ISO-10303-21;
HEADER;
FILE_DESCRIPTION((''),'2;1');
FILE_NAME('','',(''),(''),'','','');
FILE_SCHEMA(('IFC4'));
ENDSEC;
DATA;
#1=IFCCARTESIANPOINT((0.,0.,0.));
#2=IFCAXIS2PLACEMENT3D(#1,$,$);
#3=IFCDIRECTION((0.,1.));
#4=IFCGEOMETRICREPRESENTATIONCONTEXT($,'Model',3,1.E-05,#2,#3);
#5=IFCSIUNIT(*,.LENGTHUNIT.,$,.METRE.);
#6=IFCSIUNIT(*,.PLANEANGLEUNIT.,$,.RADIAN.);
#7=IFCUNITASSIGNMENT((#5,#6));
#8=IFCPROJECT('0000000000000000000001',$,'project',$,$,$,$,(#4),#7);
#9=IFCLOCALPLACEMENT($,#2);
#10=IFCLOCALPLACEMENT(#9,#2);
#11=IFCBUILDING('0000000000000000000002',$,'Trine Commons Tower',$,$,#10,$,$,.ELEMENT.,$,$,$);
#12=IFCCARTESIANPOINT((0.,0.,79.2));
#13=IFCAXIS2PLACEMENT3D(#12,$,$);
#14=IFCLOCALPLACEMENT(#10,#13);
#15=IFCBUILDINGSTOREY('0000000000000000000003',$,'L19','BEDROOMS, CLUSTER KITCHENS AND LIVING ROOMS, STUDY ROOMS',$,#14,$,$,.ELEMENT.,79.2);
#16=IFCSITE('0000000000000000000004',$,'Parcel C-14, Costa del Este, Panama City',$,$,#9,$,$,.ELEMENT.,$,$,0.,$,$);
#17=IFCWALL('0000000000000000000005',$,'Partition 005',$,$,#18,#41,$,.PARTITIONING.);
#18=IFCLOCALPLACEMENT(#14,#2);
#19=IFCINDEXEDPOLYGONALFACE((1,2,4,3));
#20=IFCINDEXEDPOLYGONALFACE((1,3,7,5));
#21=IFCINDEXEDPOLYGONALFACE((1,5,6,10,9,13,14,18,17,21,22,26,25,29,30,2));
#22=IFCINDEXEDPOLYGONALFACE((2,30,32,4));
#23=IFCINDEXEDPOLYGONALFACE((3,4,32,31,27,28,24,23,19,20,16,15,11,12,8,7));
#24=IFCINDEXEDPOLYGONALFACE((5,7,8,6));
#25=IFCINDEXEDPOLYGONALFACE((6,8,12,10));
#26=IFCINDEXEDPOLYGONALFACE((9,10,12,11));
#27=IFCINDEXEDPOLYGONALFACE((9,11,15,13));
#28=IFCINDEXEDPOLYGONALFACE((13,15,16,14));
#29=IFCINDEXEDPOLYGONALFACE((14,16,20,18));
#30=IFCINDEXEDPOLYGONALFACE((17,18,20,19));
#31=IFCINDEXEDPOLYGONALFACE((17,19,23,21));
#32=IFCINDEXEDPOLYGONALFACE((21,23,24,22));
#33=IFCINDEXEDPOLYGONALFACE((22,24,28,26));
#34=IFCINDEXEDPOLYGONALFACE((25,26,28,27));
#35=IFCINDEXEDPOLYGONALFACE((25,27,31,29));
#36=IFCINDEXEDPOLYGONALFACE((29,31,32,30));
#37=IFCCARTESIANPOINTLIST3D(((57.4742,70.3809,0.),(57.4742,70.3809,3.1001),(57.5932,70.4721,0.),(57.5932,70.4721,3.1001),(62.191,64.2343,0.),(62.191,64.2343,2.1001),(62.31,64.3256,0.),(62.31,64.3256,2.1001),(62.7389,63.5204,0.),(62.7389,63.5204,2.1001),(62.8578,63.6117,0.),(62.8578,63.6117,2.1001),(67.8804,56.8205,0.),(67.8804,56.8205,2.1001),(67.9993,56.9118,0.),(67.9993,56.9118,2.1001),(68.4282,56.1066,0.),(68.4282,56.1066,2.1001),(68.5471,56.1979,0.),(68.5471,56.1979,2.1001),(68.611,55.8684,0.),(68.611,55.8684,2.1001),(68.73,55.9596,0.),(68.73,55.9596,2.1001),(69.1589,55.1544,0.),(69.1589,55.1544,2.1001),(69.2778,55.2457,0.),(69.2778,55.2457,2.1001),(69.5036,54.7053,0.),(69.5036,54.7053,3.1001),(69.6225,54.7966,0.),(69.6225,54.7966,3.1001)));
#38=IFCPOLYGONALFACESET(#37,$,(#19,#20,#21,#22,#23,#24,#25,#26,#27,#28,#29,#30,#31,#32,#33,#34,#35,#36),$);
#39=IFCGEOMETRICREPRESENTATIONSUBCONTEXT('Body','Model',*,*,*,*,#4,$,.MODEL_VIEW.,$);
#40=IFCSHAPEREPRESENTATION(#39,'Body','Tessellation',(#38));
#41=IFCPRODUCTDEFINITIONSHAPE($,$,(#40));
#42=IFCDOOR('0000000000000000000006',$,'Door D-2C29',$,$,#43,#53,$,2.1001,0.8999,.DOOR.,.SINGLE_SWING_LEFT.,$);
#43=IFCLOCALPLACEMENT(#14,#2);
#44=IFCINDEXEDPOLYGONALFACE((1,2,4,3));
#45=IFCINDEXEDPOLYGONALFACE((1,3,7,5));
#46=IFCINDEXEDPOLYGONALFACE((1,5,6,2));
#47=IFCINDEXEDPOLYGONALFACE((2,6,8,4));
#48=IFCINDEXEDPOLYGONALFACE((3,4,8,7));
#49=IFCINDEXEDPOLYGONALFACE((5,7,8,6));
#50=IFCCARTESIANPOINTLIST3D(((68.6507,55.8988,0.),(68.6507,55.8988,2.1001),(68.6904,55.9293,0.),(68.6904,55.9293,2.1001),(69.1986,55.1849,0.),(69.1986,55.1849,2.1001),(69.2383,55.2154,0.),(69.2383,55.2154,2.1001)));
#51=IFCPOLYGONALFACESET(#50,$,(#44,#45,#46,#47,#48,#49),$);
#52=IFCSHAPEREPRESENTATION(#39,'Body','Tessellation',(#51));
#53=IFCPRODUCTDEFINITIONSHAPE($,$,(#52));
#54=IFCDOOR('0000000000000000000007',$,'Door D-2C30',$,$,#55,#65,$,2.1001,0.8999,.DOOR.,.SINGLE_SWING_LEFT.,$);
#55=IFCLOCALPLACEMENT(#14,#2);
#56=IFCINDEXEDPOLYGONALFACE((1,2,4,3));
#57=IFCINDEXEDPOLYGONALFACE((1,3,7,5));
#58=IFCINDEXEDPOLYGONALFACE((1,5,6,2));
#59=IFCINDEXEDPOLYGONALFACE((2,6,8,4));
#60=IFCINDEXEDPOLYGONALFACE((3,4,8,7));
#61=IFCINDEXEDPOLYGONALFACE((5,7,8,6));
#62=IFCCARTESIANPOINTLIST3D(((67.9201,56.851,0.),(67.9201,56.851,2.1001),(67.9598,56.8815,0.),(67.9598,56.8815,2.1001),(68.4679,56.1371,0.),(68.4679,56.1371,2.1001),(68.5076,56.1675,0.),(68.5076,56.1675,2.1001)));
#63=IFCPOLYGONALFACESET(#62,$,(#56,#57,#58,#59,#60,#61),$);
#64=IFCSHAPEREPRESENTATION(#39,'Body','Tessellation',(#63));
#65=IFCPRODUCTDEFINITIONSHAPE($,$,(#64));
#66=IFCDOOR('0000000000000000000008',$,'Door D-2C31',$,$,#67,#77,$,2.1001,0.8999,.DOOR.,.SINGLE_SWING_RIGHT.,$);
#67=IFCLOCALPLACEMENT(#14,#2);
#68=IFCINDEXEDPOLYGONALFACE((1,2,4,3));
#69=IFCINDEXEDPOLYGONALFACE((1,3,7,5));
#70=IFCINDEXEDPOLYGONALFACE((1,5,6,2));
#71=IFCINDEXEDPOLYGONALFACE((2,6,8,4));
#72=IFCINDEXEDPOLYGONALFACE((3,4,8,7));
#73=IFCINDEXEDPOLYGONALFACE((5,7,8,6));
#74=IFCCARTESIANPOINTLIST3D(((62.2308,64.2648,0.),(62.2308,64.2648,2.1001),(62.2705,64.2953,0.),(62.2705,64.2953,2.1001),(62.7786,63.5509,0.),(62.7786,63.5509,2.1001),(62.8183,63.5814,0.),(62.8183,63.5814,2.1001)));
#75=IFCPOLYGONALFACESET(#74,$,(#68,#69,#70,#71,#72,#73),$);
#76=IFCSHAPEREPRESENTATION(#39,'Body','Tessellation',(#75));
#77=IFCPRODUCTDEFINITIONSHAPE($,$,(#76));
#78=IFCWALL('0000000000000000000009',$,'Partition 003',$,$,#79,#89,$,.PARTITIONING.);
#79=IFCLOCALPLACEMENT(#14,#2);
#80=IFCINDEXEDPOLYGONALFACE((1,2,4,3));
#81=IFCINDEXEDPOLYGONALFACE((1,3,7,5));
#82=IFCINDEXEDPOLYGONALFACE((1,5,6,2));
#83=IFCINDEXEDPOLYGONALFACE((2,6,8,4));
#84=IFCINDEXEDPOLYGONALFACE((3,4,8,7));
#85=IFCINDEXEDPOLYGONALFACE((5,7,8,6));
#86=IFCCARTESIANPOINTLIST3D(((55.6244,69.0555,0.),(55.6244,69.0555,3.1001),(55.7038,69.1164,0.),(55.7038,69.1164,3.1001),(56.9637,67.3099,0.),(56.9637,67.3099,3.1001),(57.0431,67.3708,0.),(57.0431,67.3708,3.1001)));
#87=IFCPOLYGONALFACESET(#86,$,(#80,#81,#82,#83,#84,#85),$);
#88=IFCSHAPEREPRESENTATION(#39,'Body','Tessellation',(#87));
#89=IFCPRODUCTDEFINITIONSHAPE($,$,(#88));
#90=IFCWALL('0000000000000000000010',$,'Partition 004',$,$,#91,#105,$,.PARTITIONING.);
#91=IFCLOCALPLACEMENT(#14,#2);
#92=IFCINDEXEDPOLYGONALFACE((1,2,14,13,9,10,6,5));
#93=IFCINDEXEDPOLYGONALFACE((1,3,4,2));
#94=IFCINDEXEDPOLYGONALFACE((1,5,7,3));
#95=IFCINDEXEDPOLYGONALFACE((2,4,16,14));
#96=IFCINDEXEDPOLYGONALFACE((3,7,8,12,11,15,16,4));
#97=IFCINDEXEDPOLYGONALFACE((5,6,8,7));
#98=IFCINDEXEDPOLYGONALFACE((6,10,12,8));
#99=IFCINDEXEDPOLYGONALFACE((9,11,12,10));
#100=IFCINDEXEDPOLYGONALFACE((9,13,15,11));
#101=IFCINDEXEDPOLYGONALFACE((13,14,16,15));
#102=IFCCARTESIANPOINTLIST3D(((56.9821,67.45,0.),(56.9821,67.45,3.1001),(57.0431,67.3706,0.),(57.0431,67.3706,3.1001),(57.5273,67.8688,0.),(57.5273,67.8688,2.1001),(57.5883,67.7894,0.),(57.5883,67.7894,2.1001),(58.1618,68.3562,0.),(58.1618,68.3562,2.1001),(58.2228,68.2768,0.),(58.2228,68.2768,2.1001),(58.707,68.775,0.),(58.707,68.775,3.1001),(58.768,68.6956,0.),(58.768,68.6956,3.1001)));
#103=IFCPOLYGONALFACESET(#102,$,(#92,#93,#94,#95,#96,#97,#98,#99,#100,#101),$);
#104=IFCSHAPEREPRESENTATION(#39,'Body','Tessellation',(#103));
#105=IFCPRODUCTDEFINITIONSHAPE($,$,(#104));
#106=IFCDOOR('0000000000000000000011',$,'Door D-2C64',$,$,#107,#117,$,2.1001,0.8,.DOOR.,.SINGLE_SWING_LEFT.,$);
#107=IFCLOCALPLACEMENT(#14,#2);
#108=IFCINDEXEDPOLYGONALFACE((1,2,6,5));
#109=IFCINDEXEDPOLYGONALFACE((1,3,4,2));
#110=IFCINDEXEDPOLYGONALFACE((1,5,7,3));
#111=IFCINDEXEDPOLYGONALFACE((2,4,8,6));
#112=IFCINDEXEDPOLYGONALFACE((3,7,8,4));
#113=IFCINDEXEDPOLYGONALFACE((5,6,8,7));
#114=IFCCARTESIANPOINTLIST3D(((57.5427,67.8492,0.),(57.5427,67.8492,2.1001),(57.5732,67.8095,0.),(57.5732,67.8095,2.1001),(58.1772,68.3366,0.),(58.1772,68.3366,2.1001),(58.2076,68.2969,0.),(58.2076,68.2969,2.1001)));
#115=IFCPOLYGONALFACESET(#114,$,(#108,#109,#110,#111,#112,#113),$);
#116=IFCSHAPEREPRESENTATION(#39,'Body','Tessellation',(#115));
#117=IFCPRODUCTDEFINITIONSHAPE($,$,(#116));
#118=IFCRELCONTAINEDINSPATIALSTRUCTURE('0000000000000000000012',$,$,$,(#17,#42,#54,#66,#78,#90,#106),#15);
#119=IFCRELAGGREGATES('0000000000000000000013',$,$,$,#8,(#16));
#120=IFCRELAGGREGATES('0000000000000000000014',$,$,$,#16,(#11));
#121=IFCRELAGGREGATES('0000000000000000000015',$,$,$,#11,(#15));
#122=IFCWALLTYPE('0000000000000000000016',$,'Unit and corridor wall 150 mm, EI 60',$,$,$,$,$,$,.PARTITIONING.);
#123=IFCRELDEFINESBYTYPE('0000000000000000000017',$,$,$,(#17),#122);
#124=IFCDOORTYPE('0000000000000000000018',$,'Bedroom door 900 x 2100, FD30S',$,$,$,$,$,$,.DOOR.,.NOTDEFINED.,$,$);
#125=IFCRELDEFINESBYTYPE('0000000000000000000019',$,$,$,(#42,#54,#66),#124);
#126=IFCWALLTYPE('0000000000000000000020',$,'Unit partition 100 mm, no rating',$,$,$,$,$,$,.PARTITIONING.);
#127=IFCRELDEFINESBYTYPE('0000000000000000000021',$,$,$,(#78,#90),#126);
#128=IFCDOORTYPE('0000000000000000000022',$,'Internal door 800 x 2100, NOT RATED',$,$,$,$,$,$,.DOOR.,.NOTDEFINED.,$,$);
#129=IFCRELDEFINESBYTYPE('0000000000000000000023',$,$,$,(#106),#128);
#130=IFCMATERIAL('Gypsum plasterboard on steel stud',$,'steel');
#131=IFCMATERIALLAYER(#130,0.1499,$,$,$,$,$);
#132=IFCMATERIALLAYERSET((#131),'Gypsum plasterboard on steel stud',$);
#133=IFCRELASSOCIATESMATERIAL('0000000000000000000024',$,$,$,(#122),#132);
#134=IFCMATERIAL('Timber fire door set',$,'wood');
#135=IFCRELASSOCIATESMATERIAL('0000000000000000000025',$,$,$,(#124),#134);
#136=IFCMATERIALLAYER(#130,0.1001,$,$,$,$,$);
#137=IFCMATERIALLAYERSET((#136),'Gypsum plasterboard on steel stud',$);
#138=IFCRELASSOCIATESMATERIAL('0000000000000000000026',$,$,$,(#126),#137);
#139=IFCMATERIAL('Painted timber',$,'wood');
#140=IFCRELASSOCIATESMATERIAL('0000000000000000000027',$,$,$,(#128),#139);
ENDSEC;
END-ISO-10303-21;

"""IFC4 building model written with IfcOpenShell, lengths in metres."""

from ifc_helpers import new_model, si_unit, direction, frame, frame_2d, origin, place, context, subcontext, project, spatial, rectangle, extrude, material, layer, layer_set, type_object, element, fill, save


model = new_model("IFC4")

# Units and contexts
model_context = context("Model", 3, precision=1e-05, world=origin(), true_north=direction((0.0, 1.0)))
body_context = subcontext(model_context, "Body", "Model", "MODEL_VIEW")
ifc_project = project(units=[si_unit("LENGTHUNIT", "METRE"), si_unit("PLANEANGLEUNIT", "RADIAN")], contexts=[model_context])

# Site, building, storey
site_placement = place(None, origin())
site = spatial("IfcSite", under=ifc_project, at=site_placement, Name="Parcel C-14, Costa del Este, Panama City", CompositionType="ELEMENT", RefElevation=0.0)
building_placement = place(site_placement, origin())
building = spatial("IfcBuilding", under=site, at=building_placement, Name="Trine Commons Tower", CompositionType="ELEMENT")
storey_placement = place(building_placement, frame((0.0, 0.0, 79.2)))
storey = spatial("IfcBuildingStorey", under=building, at=storey_placement, Name="L19", Description="BEDROOMS, CLUSTER KITCHENS AND LIVING ROOMS, STUDY ROOMS", CompositionType="ELEMENT", Elevation=79.2)

# Shared definitions
ifc_material_1 = material(Name="Gypsum plasterboard on steel stud", Category="steel")
ifc_layer_1 = layer(ifc_material_1, 0.1499)
ifc_layer_set_1 = layer_set([ifc_layer_1], Name="Gypsum plasterboard on steel stud")
wall_type_1 = type_object("IfcWallType", Name="Unit and corridor wall 150 mm, EI 60", PredefinedType="PARTITIONING", material=ifc_layer_set_1)
ifc_material_2 = material(Name="Timber fire door set", Category="wood")
door_type_1 = type_object("IfcDoorType", Name="Bedroom door 900 x 2100, FD30S", OperationType="NOTDEFINED", PredefinedType="DOOR", material=ifc_material_2)

# Wall, openings, doors
wall_1_placement = place(storey_placement, frame((57.5337, 70.4265, 0.0), z_axis=(0.0, 0.0, 1.0), x_axis=(0.608794, -0.793328, 0.0)))
wall_1 = element("IfcWall", 1, at=wall_1_placement, inside=storey, type_object=wall_type_1, Name="Partition 005", PredefinedType="PARTITIONING", context=body_context, shape_type="SweptSolid", body=[
    extrude(rectangle(XDim=19.7593, YDim=0.1499, at=frame_2d((9.8796, 0.0))), origin(), (0.0, 0.0, 1.0), 3.1001),
])
opening_1_placement = place(wall_1_placement, frame((18.2932, 0.0, 0.0)))
opening_1 = element("IfcOpeningElement", 2, at=opening_1_placement, cuts=wall_1, PredefinedType="OPENING", context=body_context, shape_type="SweptSolid", body=[
    extrude(rectangle(XDim=0.8999, YDim=2.1001, at=frame_2d((0.45, 1.05))), frame((0.0, 0.085, 0.0), z_axis=(0.0, -1.0, 0.0), x_axis=(1.0, 0.0, 0.0)), (0.0, 0.0, 1.0), 0.1699),
])
opening_2_placement = place(wall_1_placement, frame((17.093, 0.0, 0.0)))
opening_2 = element("IfcOpeningElement", 3, at=opening_2_placement, cuts=wall_1, PredefinedType="OPENING", context=body_context, shape_type="SweptSolid", body=[
    extrude(rectangle(XDim=0.8999, YDim=2.1001, at=frame_2d((0.45, 1.05))), frame((0.0, 0.085, 0.0), z_axis=(0.0, -1.0, 0.0), x_axis=(1.0, 0.0, 0.0)), (0.0, 0.0, 1.0), 0.1699),
])
opening_3_placement = place(wall_1_placement, frame((7.7478, 0.0, 0.0)))
opening_3 = element("IfcOpeningElement", 4, at=opening_3_placement, cuts=wall_1, PredefinedType="OPENING", context=body_context, shape_type="SweptSolid", body=[
    extrude(rectangle(XDim=0.8999, YDim=2.1001, at=frame_2d((0.45, 1.05))), frame((0.0, 0.085, 0.0), z_axis=(0.0, -1.0, 0.0), x_axis=(1.0, 0.0, 0.0)), (0.0, 0.0, 1.0), 0.1699),
])
door_1_placement = place(opening_1_placement, frame((0.8999, 0.0, 0.0), z_axis=(0.0, 0.0, 1.0), x_axis=(-1.0, 0.0, 0.0)))
door_1 = element("IfcDoor", 5, at=door_1_placement, inside=storey, type_object=door_type_1, Name="Door D-2C29", OperationType="SINGLE_SWING_LEFT", OverallHeight=2.1001, OverallWidth=0.8999, PredefinedType="DOOR", context=body_context, shape_type="SweptSolid", body=[
    extrude(rectangle(XDim=0.8999, YDim=2.1001, at=frame_2d((0.45, 1.05))), frame((0.0, 0.0249, 0.0), z_axis=(0.0, -1.0, 0.0), x_axis=(1.0, 0.0, 0.0)), (0.0, 0.0, 1.0), 0.05),
])
fill(opening_1, door_1)
door_2_placement = place(opening_2_placement, frame((0.8999, 0.0, 0.0), z_axis=(0.0, 0.0, 1.0), x_axis=(-1.0, 0.0, 0.0)))
door_2 = element("IfcDoor", 6, at=door_2_placement, inside=storey, type_object=door_type_1, Name="Door D-2C30", OperationType="SINGLE_SWING_LEFT", OverallHeight=2.1001, OverallWidth=0.8999, PredefinedType="DOOR", context=body_context, shape_type="SweptSolid", body=[
    extrude(rectangle(XDim=0.8999, YDim=2.1001, at=frame_2d((0.45, 1.05))), frame((0.0, 0.0249, 0.0), z_axis=(0.0, -1.0, 0.0), x_axis=(1.0, 0.0, 0.0)), (0.0, 0.0, 1.0), 0.05),
])
fill(opening_2, door_2)
door_3_placement = place(opening_3_placement, frame((0.8999, 0.0, 0.0), z_axis=(0.0, 0.0, 1.0), x_axis=(-1.0, 0.0, 0.0)))
door_3 = element("IfcDoor", 7, at=door_3_placement, inside=storey, type_object=door_type_1, Name="Door D-2C31", OperationType="SINGLE_SWING_RIGHT", OverallHeight=2.1001, OverallWidth=0.8999, PredefinedType="DOOR", context=body_context, shape_type="SweptSolid", body=[
    extrude(rectangle(XDim=0.8999, YDim=2.1001, at=frame_2d((0.45, 1.05))), frame((0.0, 0.0249, 0.0), z_axis=(0.0, -1.0, 0.0), x_axis=(1.0, 0.0, 0.0)), (0.0, 0.0, 1.0), 0.05),
])
fill(opening_3, door_3)

# Wall
ifc_layer_2 = layer(ifc_material_1, 0.1001)
ifc_layer_set_2 = layer_set([ifc_layer_2], Name="Gypsum plasterboard on steel stud")
wall_type_2 = type_object("IfcWallType", Name="Unit partition 100 mm, no rating", PredefinedType="PARTITIONING", material=ifc_layer_set_2)
wall_2_placement = place(storey_placement, frame((55.6641, 69.0859, 0.0), z_axis=(0.0, 0.0, 1.0), x_axis=(0.608734, -0.793374, 0.0)))
element("IfcWall", 8, at=wall_2_placement, inside=storey, type_object=wall_type_2, Name="Partition 003", PredefinedType="PARTITIONING", context=body_context, shape_type="SweptSolid", body=[
    extrude(rectangle(XDim=2.2002, YDim=0.1001, at=frame_2d((1.1001, 0.0))), origin(), (0.0, 0.0, 1.0), 3.1001),
])

# Wall, opening, door
wall_3_placement = place(storey_placement, frame((57.0127, 67.4104, 0.0), z_axis=(0.0, 0.0, 1.0), x_axis=(0.793037, 0.609174, 0.0)))
wall_3 = element("IfcWall", 9, at=wall_3_placement, inside=storey, type_object=wall_type_2, Name="Partition 004", PredefinedType="PARTITIONING", context=body_context, shape_type="SweptSolid", body=[
    extrude(rectangle(XDim=2.175, YDim=0.1001, at=frame_2d((1.0874, 0.0))), origin(), (0.0, 0.0, 1.0), 3.1001),
])
opening_4_placement = place(wall_3_placement, frame((0.6875, 0.0, 0.0)))
opening_4 = element("IfcOpeningElement", 10, at=opening_4_placement, cuts=wall_3, PredefinedType="OPENING", context=body_context, shape_type="SweptSolid", body=[
    extrude(rectangle(XDim=0.8, YDim=2.1001, at=frame_2d((0.3999, 1.05))), frame((0.0, 0.0601, 0.0), z_axis=(0.0, -1.0, 0.0), x_axis=(1.0, 0.0, 0.0)), (0.0, 0.0, 1.0), 0.1201),
])
ifc_material_3 = material(Name="Painted timber", Category="wood")
door_type_2 = type_object("IfcDoorType", Name="Internal door 800 x 2100, NOT RATED", OperationType="NOTDEFINED", PredefinedType="DOOR", material=ifc_material_3)
door_4_placement = place(opening_4_placement, frame((0.8, 0.0, 0.0), z_axis=(0.0, 0.0, 1.0), x_axis=(-1.0, 0.0, 0.0)))
door_4 = element("IfcDoor", 11, at=door_4_placement, inside=storey, type_object=door_type_2, Name="Door D-2C64", OperationType="SINGLE_SWING_LEFT", OverallHeight=2.1001, OverallWidth=0.8, PredefinedType="DOOR", context=body_context, shape_type="SweptSolid", body=[
    extrude(rectangle(XDim=0.8, YDim=2.1001, at=frame_2d((0.3999, 1.05))), frame((0.0, 0.0249, 0.0), z_axis=(0.0, -1.0, 0.0), x_axis=(1.0, 0.0, 0.0)), (0.0, 0.0, 1.0), 0.05),
])
fill(opening_4, door_4)

save(model, "model.ifc")
